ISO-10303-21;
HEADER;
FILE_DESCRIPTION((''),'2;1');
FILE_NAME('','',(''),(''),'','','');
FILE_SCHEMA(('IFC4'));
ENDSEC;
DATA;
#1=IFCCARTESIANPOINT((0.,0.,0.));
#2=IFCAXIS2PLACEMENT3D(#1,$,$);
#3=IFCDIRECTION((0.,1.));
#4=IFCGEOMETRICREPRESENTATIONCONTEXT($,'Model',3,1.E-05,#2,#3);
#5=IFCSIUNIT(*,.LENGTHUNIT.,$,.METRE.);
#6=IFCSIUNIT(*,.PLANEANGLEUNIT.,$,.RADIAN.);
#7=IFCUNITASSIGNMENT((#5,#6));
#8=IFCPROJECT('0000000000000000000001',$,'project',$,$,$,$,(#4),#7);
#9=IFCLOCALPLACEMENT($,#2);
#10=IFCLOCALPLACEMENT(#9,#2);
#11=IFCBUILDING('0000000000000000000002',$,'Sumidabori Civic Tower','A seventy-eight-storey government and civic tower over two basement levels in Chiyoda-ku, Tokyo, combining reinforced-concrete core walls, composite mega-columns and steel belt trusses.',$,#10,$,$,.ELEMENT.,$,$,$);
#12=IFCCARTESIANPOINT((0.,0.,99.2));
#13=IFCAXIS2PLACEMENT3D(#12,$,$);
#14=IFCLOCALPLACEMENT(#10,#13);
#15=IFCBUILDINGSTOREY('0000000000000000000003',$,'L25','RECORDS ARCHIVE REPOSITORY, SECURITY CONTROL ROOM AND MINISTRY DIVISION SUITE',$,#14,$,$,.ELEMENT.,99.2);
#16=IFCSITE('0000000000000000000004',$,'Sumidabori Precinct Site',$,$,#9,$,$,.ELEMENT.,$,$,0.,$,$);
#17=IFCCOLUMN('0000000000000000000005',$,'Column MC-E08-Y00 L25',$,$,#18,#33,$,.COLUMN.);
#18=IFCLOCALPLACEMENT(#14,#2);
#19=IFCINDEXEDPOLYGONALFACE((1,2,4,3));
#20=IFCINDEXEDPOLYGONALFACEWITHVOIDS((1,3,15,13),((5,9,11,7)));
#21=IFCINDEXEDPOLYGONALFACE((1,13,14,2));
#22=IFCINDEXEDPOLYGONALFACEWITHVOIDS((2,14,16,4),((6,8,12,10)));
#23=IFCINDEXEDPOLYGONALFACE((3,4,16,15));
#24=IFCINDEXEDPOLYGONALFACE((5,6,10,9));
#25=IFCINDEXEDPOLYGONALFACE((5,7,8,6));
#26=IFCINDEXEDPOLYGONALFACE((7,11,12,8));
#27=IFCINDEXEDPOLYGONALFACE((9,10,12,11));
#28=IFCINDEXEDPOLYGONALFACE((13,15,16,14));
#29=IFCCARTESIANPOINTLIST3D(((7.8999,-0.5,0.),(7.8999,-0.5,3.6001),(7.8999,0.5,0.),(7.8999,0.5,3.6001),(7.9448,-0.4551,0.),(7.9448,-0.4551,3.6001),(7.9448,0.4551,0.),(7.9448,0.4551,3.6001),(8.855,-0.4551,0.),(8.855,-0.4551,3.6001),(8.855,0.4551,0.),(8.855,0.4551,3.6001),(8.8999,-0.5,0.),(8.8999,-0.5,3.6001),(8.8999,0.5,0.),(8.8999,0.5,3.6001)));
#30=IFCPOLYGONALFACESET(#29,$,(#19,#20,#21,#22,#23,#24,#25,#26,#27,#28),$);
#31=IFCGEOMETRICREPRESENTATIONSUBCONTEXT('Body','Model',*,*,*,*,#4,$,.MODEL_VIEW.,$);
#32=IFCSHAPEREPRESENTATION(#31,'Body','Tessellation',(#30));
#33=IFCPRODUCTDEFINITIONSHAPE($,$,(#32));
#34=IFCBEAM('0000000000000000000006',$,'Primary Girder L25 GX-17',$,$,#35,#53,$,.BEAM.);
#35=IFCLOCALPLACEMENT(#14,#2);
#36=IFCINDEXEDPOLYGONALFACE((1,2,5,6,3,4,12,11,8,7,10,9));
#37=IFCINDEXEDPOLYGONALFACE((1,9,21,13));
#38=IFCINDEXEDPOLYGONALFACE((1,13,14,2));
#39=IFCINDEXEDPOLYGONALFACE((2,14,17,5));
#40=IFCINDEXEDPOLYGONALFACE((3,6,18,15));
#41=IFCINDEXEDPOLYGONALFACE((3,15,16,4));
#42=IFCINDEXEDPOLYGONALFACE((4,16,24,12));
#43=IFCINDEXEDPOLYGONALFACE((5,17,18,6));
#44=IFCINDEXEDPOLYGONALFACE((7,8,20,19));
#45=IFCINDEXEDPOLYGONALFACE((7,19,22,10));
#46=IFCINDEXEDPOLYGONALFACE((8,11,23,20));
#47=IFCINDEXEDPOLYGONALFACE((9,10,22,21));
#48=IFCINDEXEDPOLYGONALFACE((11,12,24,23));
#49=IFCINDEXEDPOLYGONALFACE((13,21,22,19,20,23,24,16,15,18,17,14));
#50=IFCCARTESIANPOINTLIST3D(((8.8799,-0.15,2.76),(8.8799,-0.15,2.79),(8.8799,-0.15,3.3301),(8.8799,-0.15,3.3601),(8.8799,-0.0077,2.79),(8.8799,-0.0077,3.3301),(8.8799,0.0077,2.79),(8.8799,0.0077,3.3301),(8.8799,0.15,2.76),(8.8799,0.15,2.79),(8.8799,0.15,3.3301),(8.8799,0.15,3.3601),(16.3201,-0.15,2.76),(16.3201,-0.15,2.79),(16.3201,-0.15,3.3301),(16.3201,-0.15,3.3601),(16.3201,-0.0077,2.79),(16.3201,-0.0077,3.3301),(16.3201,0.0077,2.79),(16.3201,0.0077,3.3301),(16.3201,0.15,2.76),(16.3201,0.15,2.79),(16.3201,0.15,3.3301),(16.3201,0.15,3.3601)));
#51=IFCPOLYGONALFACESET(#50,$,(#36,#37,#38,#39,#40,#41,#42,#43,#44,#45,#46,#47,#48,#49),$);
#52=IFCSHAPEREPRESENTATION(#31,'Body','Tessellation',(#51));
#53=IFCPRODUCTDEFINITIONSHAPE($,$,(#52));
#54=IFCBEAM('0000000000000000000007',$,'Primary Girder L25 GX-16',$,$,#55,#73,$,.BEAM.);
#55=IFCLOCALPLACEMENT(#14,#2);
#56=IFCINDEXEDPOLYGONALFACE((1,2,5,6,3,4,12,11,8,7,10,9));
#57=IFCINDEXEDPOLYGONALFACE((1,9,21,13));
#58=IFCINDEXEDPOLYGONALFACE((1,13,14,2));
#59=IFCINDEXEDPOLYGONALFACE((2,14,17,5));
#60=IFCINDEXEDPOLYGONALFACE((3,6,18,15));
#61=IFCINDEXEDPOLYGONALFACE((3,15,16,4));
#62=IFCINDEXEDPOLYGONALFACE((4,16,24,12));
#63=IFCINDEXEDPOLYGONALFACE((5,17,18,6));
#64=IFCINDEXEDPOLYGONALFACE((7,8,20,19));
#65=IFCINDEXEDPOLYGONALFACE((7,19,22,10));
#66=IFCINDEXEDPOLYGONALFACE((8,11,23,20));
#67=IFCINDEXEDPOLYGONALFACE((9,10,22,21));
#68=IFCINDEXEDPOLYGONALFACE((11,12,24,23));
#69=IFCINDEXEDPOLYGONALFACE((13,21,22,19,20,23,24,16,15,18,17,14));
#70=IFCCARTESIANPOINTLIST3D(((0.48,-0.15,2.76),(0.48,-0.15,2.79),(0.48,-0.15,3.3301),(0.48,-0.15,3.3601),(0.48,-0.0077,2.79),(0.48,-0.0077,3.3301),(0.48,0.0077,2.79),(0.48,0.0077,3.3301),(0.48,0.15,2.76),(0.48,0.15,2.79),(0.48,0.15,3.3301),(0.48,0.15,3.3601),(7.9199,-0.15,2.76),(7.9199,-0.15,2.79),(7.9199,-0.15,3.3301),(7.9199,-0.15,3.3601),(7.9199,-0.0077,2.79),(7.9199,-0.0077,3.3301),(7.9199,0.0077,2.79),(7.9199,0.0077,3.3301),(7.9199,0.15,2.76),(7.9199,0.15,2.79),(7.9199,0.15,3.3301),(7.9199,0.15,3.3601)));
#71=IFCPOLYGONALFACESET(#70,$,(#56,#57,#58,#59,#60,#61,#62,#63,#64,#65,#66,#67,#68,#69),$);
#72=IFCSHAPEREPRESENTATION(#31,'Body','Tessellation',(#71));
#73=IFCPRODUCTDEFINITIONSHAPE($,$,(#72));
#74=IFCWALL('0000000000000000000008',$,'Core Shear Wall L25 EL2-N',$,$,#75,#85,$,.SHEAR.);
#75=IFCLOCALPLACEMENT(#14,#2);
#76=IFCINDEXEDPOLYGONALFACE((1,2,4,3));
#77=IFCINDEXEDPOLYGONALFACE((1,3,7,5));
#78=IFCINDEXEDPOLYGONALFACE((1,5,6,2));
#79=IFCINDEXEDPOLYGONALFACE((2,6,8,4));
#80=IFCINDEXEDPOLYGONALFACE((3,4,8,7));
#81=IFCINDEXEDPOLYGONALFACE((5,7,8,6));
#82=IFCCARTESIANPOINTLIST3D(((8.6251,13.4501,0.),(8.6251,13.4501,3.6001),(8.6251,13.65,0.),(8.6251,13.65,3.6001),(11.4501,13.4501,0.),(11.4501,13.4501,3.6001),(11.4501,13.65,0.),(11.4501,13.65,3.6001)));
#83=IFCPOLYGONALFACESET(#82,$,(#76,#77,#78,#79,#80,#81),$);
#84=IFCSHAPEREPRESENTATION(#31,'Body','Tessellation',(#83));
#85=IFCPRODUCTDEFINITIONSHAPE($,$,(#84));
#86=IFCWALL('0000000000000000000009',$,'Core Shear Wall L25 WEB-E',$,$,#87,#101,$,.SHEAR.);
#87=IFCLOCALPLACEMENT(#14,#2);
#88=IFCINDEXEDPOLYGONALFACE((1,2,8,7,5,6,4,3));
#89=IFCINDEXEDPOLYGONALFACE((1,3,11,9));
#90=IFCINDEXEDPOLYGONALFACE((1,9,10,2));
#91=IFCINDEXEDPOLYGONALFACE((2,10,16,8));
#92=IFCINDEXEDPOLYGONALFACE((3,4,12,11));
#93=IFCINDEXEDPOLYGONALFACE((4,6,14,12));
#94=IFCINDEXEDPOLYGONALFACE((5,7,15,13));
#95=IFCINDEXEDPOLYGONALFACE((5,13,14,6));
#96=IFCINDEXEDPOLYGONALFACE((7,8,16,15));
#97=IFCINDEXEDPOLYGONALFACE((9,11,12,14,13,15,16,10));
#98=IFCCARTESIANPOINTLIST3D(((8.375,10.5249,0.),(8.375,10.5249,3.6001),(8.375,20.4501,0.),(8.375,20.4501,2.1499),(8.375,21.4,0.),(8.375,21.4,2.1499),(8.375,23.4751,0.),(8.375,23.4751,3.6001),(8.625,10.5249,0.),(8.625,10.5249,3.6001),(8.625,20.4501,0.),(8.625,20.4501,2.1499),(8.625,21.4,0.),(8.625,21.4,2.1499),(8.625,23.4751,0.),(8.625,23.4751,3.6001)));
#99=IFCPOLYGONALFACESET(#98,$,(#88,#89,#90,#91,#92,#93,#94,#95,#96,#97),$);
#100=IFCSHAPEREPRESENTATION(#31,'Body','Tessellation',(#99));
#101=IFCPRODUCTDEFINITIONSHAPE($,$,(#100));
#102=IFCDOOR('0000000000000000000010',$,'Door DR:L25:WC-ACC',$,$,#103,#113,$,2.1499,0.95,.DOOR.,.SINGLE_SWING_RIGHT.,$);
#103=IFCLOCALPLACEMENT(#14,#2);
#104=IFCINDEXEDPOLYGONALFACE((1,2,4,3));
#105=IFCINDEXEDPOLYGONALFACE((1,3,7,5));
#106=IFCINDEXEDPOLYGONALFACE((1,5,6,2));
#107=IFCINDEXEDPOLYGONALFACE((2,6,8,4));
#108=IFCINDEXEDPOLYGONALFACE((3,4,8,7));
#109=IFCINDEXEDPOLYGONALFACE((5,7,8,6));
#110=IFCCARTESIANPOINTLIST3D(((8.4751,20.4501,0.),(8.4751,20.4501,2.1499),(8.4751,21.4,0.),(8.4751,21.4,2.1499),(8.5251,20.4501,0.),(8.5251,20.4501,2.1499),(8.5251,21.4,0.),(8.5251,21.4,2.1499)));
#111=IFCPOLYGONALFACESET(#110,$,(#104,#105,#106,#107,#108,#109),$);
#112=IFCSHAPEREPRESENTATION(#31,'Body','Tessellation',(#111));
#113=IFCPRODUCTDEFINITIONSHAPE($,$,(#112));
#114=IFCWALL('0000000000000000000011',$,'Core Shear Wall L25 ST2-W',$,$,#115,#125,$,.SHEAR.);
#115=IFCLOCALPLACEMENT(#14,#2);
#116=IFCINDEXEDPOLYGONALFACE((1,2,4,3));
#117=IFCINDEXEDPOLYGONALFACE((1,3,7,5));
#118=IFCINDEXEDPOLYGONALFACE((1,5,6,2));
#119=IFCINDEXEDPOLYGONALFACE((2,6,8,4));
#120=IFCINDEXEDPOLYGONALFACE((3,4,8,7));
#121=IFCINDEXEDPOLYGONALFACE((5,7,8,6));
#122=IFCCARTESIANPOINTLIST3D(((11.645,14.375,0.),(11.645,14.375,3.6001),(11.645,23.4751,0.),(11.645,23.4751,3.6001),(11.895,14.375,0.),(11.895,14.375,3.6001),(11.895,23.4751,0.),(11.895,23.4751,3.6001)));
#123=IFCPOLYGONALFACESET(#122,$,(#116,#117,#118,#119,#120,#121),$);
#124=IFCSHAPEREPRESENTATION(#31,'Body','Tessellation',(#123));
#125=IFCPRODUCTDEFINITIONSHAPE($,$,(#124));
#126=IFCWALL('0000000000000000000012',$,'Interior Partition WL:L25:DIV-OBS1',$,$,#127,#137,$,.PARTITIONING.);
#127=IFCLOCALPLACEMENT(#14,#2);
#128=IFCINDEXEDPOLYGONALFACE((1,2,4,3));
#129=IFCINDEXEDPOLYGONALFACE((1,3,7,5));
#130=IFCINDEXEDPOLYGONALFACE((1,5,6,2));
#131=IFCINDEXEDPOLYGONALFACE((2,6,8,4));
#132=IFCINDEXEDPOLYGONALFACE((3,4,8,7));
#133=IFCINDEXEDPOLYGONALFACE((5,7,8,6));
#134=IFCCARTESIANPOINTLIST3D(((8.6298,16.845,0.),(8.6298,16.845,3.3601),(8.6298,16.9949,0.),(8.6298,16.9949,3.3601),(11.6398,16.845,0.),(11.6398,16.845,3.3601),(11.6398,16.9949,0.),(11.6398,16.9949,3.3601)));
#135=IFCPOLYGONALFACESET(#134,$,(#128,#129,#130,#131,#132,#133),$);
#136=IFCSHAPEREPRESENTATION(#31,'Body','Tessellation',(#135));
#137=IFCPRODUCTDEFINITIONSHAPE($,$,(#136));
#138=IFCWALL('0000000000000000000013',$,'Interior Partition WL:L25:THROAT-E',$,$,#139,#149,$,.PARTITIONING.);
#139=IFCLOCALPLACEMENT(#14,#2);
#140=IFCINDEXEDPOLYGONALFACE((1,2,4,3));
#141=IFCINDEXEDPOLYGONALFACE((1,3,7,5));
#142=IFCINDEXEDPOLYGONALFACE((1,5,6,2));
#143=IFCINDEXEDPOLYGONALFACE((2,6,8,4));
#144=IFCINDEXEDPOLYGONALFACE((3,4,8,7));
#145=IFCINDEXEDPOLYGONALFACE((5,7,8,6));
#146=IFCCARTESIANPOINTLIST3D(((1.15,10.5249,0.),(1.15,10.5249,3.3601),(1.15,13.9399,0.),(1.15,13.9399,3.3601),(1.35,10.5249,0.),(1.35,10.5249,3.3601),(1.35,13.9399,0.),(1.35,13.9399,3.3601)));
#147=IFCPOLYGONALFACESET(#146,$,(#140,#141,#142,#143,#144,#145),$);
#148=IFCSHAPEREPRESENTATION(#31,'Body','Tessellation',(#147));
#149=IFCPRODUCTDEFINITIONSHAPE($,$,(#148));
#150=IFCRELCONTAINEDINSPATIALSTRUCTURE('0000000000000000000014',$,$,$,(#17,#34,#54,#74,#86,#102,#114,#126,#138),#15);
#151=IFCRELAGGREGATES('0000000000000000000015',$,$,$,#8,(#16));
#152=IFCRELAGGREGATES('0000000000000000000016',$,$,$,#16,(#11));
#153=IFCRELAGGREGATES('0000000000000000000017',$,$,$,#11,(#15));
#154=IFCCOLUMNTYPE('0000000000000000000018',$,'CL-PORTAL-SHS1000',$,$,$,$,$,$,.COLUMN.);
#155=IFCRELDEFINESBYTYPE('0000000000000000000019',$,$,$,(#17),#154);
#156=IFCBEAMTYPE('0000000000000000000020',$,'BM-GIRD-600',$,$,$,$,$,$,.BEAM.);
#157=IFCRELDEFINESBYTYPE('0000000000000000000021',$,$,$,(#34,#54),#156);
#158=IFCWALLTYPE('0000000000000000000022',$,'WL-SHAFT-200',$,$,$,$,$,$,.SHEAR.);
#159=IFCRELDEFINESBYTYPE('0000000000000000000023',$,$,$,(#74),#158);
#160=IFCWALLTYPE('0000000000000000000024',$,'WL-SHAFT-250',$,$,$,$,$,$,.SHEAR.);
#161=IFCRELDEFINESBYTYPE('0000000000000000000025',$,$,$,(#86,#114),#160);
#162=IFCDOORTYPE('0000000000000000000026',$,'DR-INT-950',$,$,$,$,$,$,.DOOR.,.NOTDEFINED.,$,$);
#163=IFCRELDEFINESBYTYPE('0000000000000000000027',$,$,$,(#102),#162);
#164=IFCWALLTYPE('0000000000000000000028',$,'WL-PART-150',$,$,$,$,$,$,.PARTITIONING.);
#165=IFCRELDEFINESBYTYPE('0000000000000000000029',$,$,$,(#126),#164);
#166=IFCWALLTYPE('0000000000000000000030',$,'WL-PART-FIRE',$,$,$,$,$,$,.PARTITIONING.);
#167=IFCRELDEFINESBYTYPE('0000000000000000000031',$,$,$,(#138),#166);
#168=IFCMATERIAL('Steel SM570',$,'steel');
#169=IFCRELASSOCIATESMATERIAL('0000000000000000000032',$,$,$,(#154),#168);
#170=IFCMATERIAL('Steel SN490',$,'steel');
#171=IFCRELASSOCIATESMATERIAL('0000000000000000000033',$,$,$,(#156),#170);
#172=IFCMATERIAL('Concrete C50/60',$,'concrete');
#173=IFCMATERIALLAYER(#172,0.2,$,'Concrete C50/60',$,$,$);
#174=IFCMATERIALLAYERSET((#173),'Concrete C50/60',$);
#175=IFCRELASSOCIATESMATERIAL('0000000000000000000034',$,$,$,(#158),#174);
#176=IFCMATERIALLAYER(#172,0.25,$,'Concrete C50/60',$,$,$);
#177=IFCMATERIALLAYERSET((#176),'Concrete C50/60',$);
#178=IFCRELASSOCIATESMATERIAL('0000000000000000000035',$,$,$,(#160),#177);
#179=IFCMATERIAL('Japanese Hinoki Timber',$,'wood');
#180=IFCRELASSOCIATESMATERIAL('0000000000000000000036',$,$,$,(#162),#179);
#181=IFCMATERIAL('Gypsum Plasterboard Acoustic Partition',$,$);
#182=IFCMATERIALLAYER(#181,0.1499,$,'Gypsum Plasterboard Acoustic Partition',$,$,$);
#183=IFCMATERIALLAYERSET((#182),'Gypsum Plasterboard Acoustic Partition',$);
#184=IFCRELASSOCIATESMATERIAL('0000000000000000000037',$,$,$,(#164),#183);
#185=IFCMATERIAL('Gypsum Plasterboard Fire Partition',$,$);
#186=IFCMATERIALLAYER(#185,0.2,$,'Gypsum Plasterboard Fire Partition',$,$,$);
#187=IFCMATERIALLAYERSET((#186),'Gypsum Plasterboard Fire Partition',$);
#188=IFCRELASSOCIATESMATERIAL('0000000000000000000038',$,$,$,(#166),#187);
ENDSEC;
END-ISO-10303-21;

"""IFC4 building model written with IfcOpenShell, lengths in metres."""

from ifc_helpers import new_model, si_unit, direction, frame, frame_2d, origin, origin_2d, place, context, subcontext, project, spatial, rectangle, hollow_rectangle, i_section, extrude, source, transform, mapped, material, layer, layer_set, material_profile, profile_set, type_object, element, fill, save


model = new_model("IFC4")

# Units and contexts
model_context = context("Model", 3, precision=1e-05, world=origin(), true_north=direction((0.0, 1.0)))
body_context = subcontext(model_context, "Body", "Model", "MODEL_VIEW")
ifc_project = project(units=[si_unit("LENGTHUNIT", "METRE"), si_unit("PLANEANGLEUNIT", "RADIAN")], contexts=[model_context])

# Site, building, storey
site_placement = place(None, origin())
site = spatial("IfcSite", under=ifc_project, at=site_placement, Name="Sumidabori Precinct Site", CompositionType="ELEMENT", RefElevation=0.0)
building_placement = place(site_placement, origin())
building = spatial("IfcBuilding", under=site, at=building_placement, Name="Sumidabori Civic Tower", Description="A seventy-eight-storey government and civic tower over two basement levels in Chiyoda-ku, Tokyo, combining reinforced-concrete core walls, composite mega-columns and steel belt trusses.", CompositionType="ELEMENT")
storey_placement = place(building_placement, frame((0.0, 0.0, 99.2)))
storey = spatial("IfcBuildingStorey", under=building, at=storey_placement, Name="L25", Description="RECORDS ARCHIVE REPOSITORY, SECURITY CONTROL ROOM AND MINISTRY DIVISION SUITE", CompositionType="ELEMENT", Elevation=99.2)

# Column
ifc_material_1 = material(Name="Steel SM570", Category="steel")
ifc_material_profile_1 = material_profile(ifc_material_1, hollow_rectangle(XDim=1.0, YDim=1.0, WallThickness=0.0449, at=origin_2d()), Name="SHS 1000x1000x45")
ifc_profile_set_1 = profile_set([ifc_material_profile_1], Name="Steel SM570")
column_type = type_object("IfcColumnType", Name="CL-PORTAL-SHS1000", PredefinedType="COLUMN", material=ifc_profile_set_1)
shared_shape_1 = source(origin(), body_context, "Body", "SweptSolid", [
    extrude(hollow_rectangle(XDim=1.0, YDim=1.0, WallThickness=0.0449, at=origin_2d()), origin(), (0.0, 0.0, 1.0), 3.6001),
])
column_placement = place(storey_placement, frame((8.3999, 0.0, 0.0), z_axis=(0.0, 0.0, 1.0), x_axis=(1.0, 0.0, 0.0)))
element("IfcColumn", 1, at=column_placement, inside=storey, type_object=column_type, Name="Column MC-E08-Y00 L25", PredefinedType="COLUMN", context=body_context, shape_type="MappedRepresentation", body=[
    mapped(shared_shape_1, transform((0.0, 0.0, 0.0), x_axis=(1.0, 0.0, 0.0), y_axis=(0.0, 1.0, 0.0), z_axis=(0.0, 0.0, 1.0), scale=1.0)),
])

# Beams
ifc_material_2 = material(Name="Steel SN490", Category="steel")
ifc_material_profile_2 = material_profile(ifc_material_2, i_section(OverallWidth=0.3, OverallDepth=0.6001, WebThickness=0.0154, FlangeThickness=0.03, at=origin_2d()), Name="HE 600 B")
ifc_profile_set_2 = profile_set([ifc_material_profile_2], Name="Steel SN490")
beam_type = type_object("IfcBeamType", Name="BM-GIRD-600", PredefinedType="BEAM", material=ifc_profile_set_2)
shared_shape_2 = source(origin(), body_context, "Body", "SweptSolid", [
    extrude(i_section(OverallWidth=0.3, OverallDepth=0.6001, WebThickness=0.0154, FlangeThickness=0.03, at=origin_2d()), origin(), (0.0, 0.0, 1.0), 7.4402),
])
beam_1_placement = place(storey_placement, frame((8.8799, 0.0, 3.0601), z_axis=(1.0, 0.0, 0.0), x_axis=(0.0, 1.0, 0.0)))
element("IfcBeam", 2, at=beam_1_placement, inside=storey, type_object=beam_type, Name="Primary Girder L25 GX-17", PredefinedType="BEAM", context=body_context, shape_type="MappedRepresentation", body=[
    mapped(shared_shape_2, transform((0.0, 0.0, 0.0), x_axis=(1.0, 0.0, 0.0), y_axis=(0.0, 1.0, 0.0), z_axis=(0.0, 0.0, 1.0), scale=1.0)),
])
shared_shape_3 = source(origin(), body_context, "Body", "SweptSolid", [
    extrude(i_section(OverallWidth=0.3, OverallDepth=0.6001, WebThickness=0.0154, FlangeThickness=0.03, at=origin_2d()), origin(), (0.0, 0.0, 1.0), 7.4399),
])
beam_2_placement = place(storey_placement, frame((0.48, 0.0, 3.0601), z_axis=(1.0, 0.0, 0.0), x_axis=(0.0, 1.0, 0.0)))
element("IfcBeam", 3, at=beam_2_placement, inside=storey, type_object=beam_type, Name="Primary Girder L25 GX-16", PredefinedType="BEAM", context=body_context, shape_type="MappedRepresentation", body=[
    mapped(shared_shape_3, transform((0.0, 0.0, 0.0), x_axis=(1.0, 0.0, 0.0), y_axis=(0.0, 1.0, 0.0), z_axis=(0.0, 0.0, 1.0), scale=1.0)),
])

# Wall
ifc_material_3 = material(Name="Concrete C50/60", Category="concrete")
ifc_layer_1 = layer(ifc_material_3, 0.2, Name="Concrete C50/60")
ifc_layer_set_1 = layer_set([ifc_layer_1], Name="Concrete C50/60")
wall_type_1 = type_object("IfcWallType", Name="WL-SHAFT-200", PredefinedType="SHEAR", material=ifc_layer_set_1)
shared_shape_4 = source(origin(), body_context, "Body", "SweptSolid", [
    extrude(rectangle(XDim=2.825, YDim=0.2, at=frame_2d((1.4126, 0.0))), origin(), (0.0, 0.0, 1.0), 3.6001),
])
wall_1_placement = place(storey_placement, frame((8.625, 13.55, 0.0), z_axis=(0.0, 0.0, 1.0), x_axis=(1.0, 0.0, 0.0)))
element("IfcWall", 4, at=wall_1_placement, inside=storey, type_object=wall_type_1, Name="Core Shear Wall L25 EL2-N", PredefinedType="SHEAR", context=body_context, shape_type="MappedRepresentation", body=[
    mapped(shared_shape_4, transform((0.0, 0.0, 0.0), x_axis=(1.0, 0.0, 0.0), y_axis=(0.0, 1.0, 0.0), z_axis=(0.0, 0.0, 1.0), scale=1.0)),
])

# Wall, opening, door
ifc_layer_2 = layer(ifc_material_3, 0.25, Name="Concrete C50/60")
ifc_layer_set_2 = layer_set([ifc_layer_2], Name="Concrete C50/60")
wall_type_2 = type_object("IfcWallType", Name="WL-SHAFT-250", PredefinedType="SHEAR", material=ifc_layer_set_2)
shared_shape_5 = source(origin(), body_context, "Body", "SweptSolid", [
    extrude(rectangle(XDim=12.9502, YDim=0.25, at=frame_2d((6.4751, 0.0))), origin(), (0.0, 0.0, 1.0), 3.6001),
])
wall_2_placement = place(storey_placement, frame((8.5, 10.5249, 0.0), z_axis=(0.0, 0.0, 1.0), x_axis=(0.0, 1.0, 0.0)))
wall_2 = element("IfcWall", 5, at=wall_2_placement, inside=storey, type_object=wall_type_2, Name="Core Shear Wall L25 WEB-E", PredefinedType="SHEAR", context=body_context, shape_type="MappedRepresentation", body=[
    mapped(shared_shape_5, transform((0.0, 0.0, 0.0), x_axis=(1.0, 0.0, 0.0), y_axis=(0.0, 1.0, 0.0), z_axis=(0.0, 0.0, 1.0), scale=1.0)),
])
opening_1_placement = place(wall_2_placement, frame((9.925, 0.0, 0.0)))
opening_1 = element("IfcOpeningElement", 6, at=opening_1_placement, cuts=wall_2, PredefinedType="OPENING", context=body_context, shape_type="SweptSolid", body=[
    extrude(rectangle(XDim=0.95, YDim=2.1499, at=frame_2d((0.4751, 1.075))), frame((0.0, 0.137, 0.0), z_axis=(0.0, -1.0, 0.0), x_axis=(1.0, 0.0, 0.0)), (0.0, 0.0, 1.0), 0.2739),
])
ifc_material_4 = material(Name="Japanese Hinoki Timber", Category="wood")
door_type_1 = type_object("IfcDoorType", Name="DR-INT-950", OperationType="NOTDEFINED", PredefinedType="DOOR", material=ifc_material_4)
shared_shape_6 = source(origin(), body_context, "Body", "SweptSolid", [
    extrude(rectangle(XDim=0.95, YDim=2.1499, at=frame_2d((0.4751, 1.075))), frame((0.0, 0.0249, 0.0), z_axis=(0.0, -1.0, 0.0), x_axis=(1.0, 0.0, 0.0)), (0.0, 0.0, 1.0), 0.05),
])
door_1_placement = place(opening_1_placement, origin())
door_1 = element("IfcDoor", 7, at=door_1_placement, inside=storey, type_object=door_type_1, Name="Door DR:L25:WC-ACC", OperationType="SINGLE_SWING_RIGHT", OverallHeight=2.1499, OverallWidth=0.95, PredefinedType="DOOR", context=body_context, shape_type="MappedRepresentation", body=[
    mapped(shared_shape_6, transform((0.0, 0.0, 0.0), x_axis=(1.0, 0.0, 0.0), y_axis=(0.0, 1.0, 0.0), z_axis=(0.0, 0.0, 1.0), scale=1.0)),
])
fill(opening_1, door_1)

# Wall
shared_shape_7 = source(origin(), body_context, "Body", "SweptSolid", [
    extrude(rectangle(XDim=9.1001, YDim=0.25, at=frame_2d((4.55, 0.0))), origin(), (0.0, 0.0, 1.0), 3.6001),
])
wall_3_placement = place(storey_placement, frame((11.77, 14.375, 0.0), z_axis=(0.0, 0.0, 1.0), x_axis=(0.0, 1.0, 0.0)))
element("IfcWall", 8, at=wall_3_placement, inside=storey, type_object=wall_type_2, Name="Core Shear Wall L25 ST2-W", PredefinedType="SHEAR", context=body_context, shape_type="MappedRepresentation", body=[
    mapped(shared_shape_7, transform((0.0, 0.0, 0.0), x_axis=(1.0, 0.0, 0.0), y_axis=(0.0, 1.0, 0.0), z_axis=(0.0, 0.0, 1.0), scale=1.0)),
])

# Wall
ifc_material_5 = material(Name="Gypsum Plasterboard Acoustic Partition")
ifc_layer_3 = layer(ifc_material_5, 0.1499, Name="Gypsum Plasterboard Acoustic Partition")
ifc_layer_set_3 = layer_set([ifc_layer_3], Name="Gypsum Plasterboard Acoustic Partition")
wall_type_3 = type_object("IfcWallType", Name="WL-PART-150", PredefinedType="PARTITIONING", material=ifc_layer_set_3)
shared_shape_8 = source(origin(), body_context, "Body", "SweptSolid", [
    extrude(rectangle(XDim=3.01, YDim=0.1499, at=frame_2d((1.5049, 0.0))), origin(), (0.0, 0.0, 1.0), 3.3601),
])
wall_4_placement = place(storey_placement, frame((8.6299, 16.9199, 0.0), z_axis=(0.0, 0.0, 1.0), x_axis=(1.0, 0.0, 0.0)))
element("IfcWall", 9, at=wall_4_placement, inside=storey, type_object=wall_type_3, Name="Interior Partition WL:L25:DIV-OBS1", PredefinedType="PARTITIONING", context=body_context, shape_type="MappedRepresentation", body=[
    mapped(shared_shape_8, transform((0.0, 0.0, 0.0), x_axis=(1.0, 0.0, 0.0), y_axis=(0.0, 1.0, 0.0), z_axis=(0.0, 0.0, 1.0), scale=1.0)),
])

# Shared definitions
ifc_material_6 = material(Name="Gypsum Plasterboard Fire Partition")
ifc_layer_4 = layer(ifc_material_6, 0.2, Name="Gypsum Plasterboard Fire Partition")
ifc_layer_set_4 = layer_set([ifc_layer_4], Name="Gypsum Plasterboard Fire Partition")
wall_type_4 = type_object("IfcWallType", Name="WL-PART-FIRE", PredefinedType="PARTITIONING", material=ifc_layer_set_4)

# Wall
shared_shape_9 = source(origin(), body_context, "Body", "SweptSolid", [
    extrude(rectangle(XDim=3.415, YDim=0.2, at=frame_2d((1.7075, 0.0))), origin(), (0.0, 0.0, 1.0), 3.3601),
])
wall_5_placement = place(storey_placement, frame((1.25, 10.5249, 0.0), z_axis=(0.0, 0.0, 1.0), x_axis=(0.0, 1.0, 0.0)))
element("IfcWall", 10, at=wall_5_placement, inside=storey, type_object=wall_type_4, Name="Interior Partition WL:L25:THROAT-E", PredefinedType="PARTITIONING", context=body_context, shape_type="MappedRepresentation", body=[
    mapped(shared_shape_9, transform((0.0, 0.0, 0.0), x_axis=(1.0, 0.0, 0.0), y_axis=(0.0, 1.0, 0.0), z_axis=(0.0, 0.0, 1.0), scale=1.0)),
])

save(model, "model.ifc")
